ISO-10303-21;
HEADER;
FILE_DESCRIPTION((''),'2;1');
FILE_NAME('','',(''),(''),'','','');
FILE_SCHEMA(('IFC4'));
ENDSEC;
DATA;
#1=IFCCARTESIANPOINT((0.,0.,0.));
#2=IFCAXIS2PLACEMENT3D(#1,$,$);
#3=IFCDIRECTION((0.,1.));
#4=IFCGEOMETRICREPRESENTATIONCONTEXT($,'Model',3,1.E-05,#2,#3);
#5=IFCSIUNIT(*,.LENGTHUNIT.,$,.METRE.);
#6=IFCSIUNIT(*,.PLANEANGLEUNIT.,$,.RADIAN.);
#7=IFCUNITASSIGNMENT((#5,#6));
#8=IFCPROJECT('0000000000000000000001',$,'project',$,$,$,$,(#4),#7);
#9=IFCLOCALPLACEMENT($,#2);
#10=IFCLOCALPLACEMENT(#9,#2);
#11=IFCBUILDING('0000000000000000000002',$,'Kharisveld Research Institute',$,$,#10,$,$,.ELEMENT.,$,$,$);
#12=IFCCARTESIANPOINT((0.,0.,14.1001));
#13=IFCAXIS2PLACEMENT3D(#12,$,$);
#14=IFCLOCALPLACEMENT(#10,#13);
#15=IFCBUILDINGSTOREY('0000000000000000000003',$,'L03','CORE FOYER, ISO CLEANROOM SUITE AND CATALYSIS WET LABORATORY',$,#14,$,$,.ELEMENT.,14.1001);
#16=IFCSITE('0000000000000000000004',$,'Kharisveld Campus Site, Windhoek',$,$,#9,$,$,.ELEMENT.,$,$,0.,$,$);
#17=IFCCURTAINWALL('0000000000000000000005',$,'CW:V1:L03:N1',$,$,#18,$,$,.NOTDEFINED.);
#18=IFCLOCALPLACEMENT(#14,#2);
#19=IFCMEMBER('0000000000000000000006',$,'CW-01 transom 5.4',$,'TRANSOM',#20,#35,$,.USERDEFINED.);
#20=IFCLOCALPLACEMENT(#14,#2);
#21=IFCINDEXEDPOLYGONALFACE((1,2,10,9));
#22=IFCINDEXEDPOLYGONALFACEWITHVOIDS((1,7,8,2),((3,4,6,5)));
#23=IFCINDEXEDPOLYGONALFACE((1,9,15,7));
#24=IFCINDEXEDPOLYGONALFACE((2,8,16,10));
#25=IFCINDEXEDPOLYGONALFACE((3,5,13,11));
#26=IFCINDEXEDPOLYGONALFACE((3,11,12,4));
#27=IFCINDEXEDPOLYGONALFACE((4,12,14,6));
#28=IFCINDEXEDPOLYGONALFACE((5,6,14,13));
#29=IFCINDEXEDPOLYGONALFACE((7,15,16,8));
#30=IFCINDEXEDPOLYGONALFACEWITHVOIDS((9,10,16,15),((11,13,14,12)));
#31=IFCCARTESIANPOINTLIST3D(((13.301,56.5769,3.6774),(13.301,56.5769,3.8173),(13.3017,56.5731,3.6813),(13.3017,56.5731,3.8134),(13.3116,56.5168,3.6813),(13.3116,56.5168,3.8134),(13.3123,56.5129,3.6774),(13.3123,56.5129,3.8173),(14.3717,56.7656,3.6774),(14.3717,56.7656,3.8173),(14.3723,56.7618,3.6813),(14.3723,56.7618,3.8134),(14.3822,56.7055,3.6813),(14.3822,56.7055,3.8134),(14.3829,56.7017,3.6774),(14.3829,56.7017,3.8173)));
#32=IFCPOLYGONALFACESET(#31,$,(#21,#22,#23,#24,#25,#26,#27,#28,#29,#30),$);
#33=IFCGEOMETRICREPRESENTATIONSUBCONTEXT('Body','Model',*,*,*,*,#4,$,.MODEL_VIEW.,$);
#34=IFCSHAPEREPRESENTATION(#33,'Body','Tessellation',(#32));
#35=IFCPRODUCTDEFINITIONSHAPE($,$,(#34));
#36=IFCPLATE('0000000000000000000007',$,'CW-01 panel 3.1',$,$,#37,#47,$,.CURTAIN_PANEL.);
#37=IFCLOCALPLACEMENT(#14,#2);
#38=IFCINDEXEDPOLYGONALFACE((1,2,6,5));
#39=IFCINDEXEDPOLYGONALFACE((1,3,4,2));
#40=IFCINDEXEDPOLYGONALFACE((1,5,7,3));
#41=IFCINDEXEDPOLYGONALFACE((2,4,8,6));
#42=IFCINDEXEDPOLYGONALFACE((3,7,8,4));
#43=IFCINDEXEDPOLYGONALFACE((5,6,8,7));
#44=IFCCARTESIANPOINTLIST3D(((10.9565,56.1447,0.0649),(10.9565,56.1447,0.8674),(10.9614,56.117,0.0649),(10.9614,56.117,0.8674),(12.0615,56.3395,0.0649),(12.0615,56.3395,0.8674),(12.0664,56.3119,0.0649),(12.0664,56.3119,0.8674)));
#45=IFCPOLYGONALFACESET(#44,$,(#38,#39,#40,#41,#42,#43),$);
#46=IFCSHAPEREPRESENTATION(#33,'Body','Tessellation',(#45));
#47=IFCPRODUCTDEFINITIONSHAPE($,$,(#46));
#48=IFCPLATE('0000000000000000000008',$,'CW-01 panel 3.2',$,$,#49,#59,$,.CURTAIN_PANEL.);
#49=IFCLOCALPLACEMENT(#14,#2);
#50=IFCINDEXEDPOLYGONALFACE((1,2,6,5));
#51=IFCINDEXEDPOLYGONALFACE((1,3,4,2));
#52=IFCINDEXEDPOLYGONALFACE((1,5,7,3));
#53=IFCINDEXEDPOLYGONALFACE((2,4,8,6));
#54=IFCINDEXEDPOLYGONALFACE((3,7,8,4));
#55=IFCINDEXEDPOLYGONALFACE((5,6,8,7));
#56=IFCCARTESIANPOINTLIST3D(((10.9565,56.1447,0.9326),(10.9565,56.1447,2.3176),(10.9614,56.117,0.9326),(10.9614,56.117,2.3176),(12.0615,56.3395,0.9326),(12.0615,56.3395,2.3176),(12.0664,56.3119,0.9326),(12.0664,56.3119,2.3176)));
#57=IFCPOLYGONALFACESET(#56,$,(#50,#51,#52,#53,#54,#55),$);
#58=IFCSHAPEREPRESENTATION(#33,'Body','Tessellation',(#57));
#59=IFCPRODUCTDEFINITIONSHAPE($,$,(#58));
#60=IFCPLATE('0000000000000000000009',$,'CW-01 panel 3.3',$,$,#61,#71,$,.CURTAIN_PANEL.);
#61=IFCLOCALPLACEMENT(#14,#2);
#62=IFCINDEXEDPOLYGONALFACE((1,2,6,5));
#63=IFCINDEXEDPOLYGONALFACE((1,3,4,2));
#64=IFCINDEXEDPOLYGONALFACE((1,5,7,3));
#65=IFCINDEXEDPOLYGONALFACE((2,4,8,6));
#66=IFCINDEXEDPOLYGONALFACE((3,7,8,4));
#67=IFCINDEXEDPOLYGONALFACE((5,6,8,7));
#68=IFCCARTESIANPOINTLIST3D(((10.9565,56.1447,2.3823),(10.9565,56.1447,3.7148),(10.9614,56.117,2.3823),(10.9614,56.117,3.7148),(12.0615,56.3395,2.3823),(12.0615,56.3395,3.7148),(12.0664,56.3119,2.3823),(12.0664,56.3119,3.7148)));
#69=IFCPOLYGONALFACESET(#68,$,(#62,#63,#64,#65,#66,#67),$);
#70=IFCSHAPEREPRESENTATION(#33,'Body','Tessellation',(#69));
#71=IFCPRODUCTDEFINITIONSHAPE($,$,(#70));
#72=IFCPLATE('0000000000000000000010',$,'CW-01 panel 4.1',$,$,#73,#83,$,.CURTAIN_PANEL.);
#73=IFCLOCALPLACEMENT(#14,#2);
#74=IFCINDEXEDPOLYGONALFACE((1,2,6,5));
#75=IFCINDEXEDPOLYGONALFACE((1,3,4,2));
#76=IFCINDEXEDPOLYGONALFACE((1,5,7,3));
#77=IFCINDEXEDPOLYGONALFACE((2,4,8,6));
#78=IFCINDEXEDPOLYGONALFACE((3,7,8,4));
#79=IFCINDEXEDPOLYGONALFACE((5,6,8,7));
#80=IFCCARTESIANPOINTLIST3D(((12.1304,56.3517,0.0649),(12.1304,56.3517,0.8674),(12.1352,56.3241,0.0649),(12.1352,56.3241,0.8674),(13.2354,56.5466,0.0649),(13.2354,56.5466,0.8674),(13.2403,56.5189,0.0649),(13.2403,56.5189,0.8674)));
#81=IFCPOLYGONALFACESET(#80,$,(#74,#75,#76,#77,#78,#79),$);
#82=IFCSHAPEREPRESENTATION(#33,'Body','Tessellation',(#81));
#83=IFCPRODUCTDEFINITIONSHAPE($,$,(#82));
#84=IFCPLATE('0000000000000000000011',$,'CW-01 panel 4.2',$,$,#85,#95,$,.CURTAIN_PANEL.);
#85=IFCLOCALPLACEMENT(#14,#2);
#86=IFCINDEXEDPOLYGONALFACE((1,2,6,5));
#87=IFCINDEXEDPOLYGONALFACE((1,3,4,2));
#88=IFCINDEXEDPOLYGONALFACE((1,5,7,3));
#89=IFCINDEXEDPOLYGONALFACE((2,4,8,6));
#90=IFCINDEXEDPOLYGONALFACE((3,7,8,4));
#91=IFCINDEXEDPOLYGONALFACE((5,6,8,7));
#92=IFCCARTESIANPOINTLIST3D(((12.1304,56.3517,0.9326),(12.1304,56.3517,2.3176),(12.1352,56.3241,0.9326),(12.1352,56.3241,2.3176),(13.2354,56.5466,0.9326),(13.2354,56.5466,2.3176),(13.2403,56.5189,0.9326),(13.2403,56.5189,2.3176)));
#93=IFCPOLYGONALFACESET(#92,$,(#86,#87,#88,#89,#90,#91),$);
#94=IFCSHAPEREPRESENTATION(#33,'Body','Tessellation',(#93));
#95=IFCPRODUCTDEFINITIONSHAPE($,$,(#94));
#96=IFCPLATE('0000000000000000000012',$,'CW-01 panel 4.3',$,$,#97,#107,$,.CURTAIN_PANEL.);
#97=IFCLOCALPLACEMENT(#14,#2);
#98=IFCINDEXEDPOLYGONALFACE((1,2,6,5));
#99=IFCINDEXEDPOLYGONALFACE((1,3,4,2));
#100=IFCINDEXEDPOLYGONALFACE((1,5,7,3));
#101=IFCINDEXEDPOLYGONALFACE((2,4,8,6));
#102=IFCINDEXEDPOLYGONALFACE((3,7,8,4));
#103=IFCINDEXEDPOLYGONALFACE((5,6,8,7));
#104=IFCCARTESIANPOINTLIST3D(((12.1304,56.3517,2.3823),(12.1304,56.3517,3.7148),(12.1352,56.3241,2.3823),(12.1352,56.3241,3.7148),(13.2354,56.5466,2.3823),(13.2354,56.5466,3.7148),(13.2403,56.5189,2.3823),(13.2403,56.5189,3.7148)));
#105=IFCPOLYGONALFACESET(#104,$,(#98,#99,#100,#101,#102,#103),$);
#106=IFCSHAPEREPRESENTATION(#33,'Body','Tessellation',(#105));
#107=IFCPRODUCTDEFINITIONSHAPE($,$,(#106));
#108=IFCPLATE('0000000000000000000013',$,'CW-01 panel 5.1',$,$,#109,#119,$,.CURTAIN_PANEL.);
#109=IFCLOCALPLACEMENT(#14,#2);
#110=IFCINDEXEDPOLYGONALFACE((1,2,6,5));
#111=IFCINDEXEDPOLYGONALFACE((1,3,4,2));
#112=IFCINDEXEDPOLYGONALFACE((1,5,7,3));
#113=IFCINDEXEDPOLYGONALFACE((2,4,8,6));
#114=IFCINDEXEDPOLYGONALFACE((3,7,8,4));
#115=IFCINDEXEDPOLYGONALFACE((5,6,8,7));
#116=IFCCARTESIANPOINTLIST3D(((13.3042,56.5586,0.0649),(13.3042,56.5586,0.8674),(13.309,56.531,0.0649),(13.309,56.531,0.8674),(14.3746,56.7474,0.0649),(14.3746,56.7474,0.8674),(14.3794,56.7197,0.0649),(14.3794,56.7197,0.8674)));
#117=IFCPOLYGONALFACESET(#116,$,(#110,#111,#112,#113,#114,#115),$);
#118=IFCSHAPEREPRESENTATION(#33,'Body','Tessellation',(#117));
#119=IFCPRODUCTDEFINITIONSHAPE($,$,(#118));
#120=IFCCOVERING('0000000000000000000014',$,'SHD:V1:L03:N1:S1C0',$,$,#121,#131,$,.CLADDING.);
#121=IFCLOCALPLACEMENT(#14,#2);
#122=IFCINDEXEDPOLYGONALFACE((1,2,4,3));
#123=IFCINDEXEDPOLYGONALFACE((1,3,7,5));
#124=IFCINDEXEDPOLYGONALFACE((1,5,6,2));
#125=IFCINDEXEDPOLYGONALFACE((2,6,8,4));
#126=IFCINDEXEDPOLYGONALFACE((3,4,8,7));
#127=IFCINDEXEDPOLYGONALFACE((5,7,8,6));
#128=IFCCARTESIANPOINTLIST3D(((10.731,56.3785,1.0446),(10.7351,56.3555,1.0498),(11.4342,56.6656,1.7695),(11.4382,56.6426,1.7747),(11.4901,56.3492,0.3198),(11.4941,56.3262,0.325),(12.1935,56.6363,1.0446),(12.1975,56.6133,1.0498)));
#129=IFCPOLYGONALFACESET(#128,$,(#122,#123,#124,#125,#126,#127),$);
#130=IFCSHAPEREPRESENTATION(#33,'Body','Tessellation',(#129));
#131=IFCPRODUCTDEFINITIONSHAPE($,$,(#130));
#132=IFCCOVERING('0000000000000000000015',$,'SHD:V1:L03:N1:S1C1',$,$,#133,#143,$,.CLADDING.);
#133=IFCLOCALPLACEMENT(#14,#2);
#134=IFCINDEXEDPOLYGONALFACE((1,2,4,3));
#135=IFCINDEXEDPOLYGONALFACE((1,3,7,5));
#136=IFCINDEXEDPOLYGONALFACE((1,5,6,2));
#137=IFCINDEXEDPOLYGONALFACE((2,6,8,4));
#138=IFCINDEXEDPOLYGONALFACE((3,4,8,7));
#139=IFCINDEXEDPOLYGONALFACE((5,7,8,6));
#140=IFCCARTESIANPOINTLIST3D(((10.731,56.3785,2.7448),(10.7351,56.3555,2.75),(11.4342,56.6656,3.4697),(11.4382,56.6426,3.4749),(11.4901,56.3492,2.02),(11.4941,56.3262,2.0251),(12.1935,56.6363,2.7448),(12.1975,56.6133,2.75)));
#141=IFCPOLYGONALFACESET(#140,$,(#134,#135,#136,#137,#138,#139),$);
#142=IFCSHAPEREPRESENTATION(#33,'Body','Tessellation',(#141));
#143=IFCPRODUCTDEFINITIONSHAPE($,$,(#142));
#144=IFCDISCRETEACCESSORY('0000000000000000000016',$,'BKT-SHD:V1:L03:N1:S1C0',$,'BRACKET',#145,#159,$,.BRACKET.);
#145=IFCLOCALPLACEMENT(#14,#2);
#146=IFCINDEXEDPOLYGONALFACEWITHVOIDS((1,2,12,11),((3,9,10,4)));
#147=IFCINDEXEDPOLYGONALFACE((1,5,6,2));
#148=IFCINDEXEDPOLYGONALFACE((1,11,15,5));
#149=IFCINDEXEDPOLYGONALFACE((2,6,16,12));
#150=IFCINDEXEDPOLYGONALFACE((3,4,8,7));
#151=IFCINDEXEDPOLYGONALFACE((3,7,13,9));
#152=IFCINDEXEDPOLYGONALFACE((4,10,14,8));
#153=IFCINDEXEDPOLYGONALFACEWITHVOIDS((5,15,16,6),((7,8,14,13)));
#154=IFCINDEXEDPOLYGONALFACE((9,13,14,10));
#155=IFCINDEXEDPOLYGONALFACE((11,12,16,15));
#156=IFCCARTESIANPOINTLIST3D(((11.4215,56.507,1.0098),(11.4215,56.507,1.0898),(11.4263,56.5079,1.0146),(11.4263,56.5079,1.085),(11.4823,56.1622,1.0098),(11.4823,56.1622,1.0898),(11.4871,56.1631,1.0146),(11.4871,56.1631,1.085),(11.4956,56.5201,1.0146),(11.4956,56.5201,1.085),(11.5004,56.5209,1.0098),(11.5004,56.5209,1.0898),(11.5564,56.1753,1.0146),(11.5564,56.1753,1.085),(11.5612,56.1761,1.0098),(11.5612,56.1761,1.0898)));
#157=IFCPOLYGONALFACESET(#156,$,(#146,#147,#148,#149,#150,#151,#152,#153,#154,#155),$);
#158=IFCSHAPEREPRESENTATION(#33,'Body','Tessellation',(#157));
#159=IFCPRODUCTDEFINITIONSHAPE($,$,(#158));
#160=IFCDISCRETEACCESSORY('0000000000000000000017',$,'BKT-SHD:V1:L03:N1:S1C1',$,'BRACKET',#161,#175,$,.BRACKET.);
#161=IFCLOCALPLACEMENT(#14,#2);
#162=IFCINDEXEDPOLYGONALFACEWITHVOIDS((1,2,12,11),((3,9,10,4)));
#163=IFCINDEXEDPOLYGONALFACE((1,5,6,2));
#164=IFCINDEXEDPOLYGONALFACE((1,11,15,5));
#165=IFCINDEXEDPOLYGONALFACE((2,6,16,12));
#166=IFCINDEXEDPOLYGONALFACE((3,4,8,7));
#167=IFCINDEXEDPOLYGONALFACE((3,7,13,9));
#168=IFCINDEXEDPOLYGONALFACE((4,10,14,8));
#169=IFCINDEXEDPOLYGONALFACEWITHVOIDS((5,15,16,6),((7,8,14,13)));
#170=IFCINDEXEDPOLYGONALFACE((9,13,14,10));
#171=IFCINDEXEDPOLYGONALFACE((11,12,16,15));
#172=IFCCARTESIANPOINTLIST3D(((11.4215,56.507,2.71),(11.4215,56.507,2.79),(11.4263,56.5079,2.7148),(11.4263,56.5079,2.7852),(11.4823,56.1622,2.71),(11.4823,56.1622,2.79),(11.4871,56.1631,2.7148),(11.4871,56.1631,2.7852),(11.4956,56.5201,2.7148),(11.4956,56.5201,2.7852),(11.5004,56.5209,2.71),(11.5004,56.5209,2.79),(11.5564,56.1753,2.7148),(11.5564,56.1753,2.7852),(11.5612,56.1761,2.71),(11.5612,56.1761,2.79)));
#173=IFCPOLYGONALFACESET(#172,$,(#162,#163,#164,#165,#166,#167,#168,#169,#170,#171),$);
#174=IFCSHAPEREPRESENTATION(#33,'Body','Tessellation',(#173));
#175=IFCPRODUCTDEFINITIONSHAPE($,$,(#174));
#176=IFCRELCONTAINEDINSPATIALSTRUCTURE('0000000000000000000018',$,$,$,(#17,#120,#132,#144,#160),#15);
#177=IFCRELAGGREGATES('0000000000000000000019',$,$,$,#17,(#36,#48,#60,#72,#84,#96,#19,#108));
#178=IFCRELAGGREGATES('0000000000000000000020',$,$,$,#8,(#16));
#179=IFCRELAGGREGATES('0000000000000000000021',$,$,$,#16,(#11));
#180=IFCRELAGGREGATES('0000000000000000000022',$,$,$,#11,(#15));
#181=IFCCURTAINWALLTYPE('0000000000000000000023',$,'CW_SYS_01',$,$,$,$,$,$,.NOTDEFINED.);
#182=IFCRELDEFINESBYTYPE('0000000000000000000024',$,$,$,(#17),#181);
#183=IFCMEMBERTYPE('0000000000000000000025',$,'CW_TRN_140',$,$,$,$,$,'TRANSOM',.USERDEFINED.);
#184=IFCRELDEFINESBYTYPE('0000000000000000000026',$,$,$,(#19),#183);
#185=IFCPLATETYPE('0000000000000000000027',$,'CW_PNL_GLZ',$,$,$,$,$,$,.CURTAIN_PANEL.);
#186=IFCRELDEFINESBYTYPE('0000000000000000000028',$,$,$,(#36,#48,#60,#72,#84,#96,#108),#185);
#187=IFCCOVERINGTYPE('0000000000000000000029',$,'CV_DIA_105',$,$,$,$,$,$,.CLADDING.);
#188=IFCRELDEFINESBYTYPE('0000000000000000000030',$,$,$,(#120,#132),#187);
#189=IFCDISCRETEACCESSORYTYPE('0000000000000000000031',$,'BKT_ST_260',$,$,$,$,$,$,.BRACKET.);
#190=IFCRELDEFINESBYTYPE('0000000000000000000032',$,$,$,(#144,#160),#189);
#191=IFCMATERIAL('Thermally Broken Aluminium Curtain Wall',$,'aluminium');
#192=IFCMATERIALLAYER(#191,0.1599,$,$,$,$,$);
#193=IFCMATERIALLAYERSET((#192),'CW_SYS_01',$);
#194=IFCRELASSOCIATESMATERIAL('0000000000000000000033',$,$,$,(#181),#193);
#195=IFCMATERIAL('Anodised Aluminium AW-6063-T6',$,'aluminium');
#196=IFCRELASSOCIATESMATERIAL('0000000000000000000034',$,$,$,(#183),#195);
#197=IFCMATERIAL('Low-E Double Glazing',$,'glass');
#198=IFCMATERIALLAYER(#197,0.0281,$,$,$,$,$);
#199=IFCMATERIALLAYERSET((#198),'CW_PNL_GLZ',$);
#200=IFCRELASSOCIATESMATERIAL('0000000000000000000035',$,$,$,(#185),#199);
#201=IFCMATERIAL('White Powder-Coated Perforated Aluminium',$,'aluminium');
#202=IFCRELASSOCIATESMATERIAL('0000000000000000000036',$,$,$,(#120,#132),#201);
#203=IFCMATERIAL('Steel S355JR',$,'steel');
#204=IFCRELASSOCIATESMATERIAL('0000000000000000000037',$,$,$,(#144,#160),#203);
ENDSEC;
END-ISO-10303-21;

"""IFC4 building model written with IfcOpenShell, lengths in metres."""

from ifc_helpers import new_model, si_unit, direction, frame, origin, origin_2d, place, context, subcontext, project, spatial, polyline, rectangle, hollow_rectangle, outline, extrude, material, layer, layer_set, material_profile, profile_set, type_object, element, aggregate, save


model = new_model("IFC4")

# Units and contexts
model_context = context("Model", 3, precision=1e-05, world=origin(), true_north=direction((0.0, 1.0)))
body_context = subcontext(model_context, "Body", "Model", "MODEL_VIEW")
ifc_project = project(units=[si_unit("LENGTHUNIT", "METRE"), si_unit("PLANEANGLEUNIT", "RADIAN")], contexts=[model_context])

# Site, building, storey
site_placement = place(None, origin())
site = spatial("IfcSite", under=ifc_project, at=site_placement, Name="Kharisveld Campus Site, Windhoek", CompositionType="ELEMENT", RefElevation=0.0)
building_placement = place(site_placement, origin())
building = spatial("IfcBuilding", under=site, at=building_placement, Name="Kharisveld Research Institute", CompositionType="ELEMENT")
storey_placement = place(building_placement, frame((0.0, 0.0, 14.1001)))
storey = spatial("IfcBuildingStorey", under=building, at=storey_placement, Name="L03", Description="CORE FOYER, ISO CLEANROOM SUITE AND CATALYSIS WET LABORATORY", CompositionType="ELEMENT", Elevation=14.1001)

# Curtain wall, member, plates
ifc_material_1 = material(Name="Thermally Broken Aluminium Curtain Wall", Category="aluminium")
ifc_layer_1 = layer(ifc_material_1, 0.1599)
ifc_layer_set_1 = layer_set([ifc_layer_1], Name="CW_SYS_01")
curtain_wall_type = type_object("IfcCurtainWallType", Name="CW_SYS_01", PredefinedType="NOTDEFINED", material=ifc_layer_set_1)
curtain_wall_placement = place(storey_placement, origin())
curtain_wall = element("IfcCurtainWall", 1, at=curtain_wall_placement, inside=storey, type_object=curtain_wall_type, Name="CW:V1:L03:N1", PredefinedType="NOTDEFINED")
ifc_material_2 = material(Name="Anodised Aluminium AW-6063-T6", Category="aluminium")
ifc_material_profile_1 = material_profile(ifc_material_2, hollow_rectangle(XDim=0.0649, YDim=0.1399, WallThickness=0.0039, at=origin_2d()))
ifc_profile_set_1 = profile_set([ifc_material_profile_1], Name="Anodised Aluminium AW-6063-T6")
member_type_1 = type_object("IfcMemberType", Name="CW_TRN_140", ElementType="TRANSOM", PredefinedType="USERDEFINED", material=ifc_profile_set_1)
member_1_placement = place(storey_placement, frame((13.3066, 56.5449, 3.7473), z_axis=(0.984815, 0.173606, 0.0), x_axis=(-0.173606, 0.984815, 0.0)))
member_1 = element("IfcMember", 2, at=member_1_placement, type_object=member_type_1, Name="CW-01 transom 5.4", ObjectType="TRANSOM", PredefinedType="USERDEFINED", context=body_context, shape_type="SweptSolid", body=[
    extrude(hollow_rectangle(XDim=0.0649, YDim=0.1399, WallThickness=0.0039, at=origin_2d()), origin(), (0.0, 0.0, 1.0), 1.0872),
])
ifc_material_3 = material(Name="Low-E Double Glazing", Category="glass")
ifc_layer_2 = layer(ifc_material_3, 0.0281)
ifc_layer_set_2 = layer_set([ifc_layer_2], Name="CW_PNL_GLZ")
plate_type = type_object("IfcPlateType", Name="CW_PNL_GLZ", PredefinedType="CURTAIN_PANEL", material=ifc_layer_set_2)
plate_1_placement = place(storey_placement, frame((11.5115, 56.2283, 0.0649), z_axis=(0.0, 0.0, 1.0), x_axis=(0.984808, 0.173648, 0.0)))
plate_1 = element("IfcPlate", 3, at=plate_1_placement, type_object=plate_type, Name="CW-01 panel 3.1", PredefinedType="CURTAIN_PANEL", context=body_context, shape_type="SweptSolid", body=[
    extrude(rectangle(XDim=1.1221, YDim=0.0281, at=origin_2d()), origin(), (0.0, 0.0, 1.0), 0.8025),
])
plate_2_placement = place(storey_placement, frame((11.5115, 56.2283, 0.9326), z_axis=(0.0, 0.0, 1.0), x_axis=(0.984808, 0.173648, 0.0)))
plate_2 = element("IfcPlate", 4, at=plate_2_placement, type_object=plate_type, Name="CW-01 panel 3.2", PredefinedType="CURTAIN_PANEL", context=body_context, shape_type="SweptSolid", body=[
    extrude(rectangle(XDim=1.1221, YDim=0.0281, at=origin_2d()), origin(), (0.0, 0.0, 1.0), 1.385),
])
plate_3_placement = place(storey_placement, frame((11.5115, 56.2283, 2.3823), z_axis=(0.0, 0.0, 1.0), x_axis=(0.984808, 0.173648, 0.0)))
plate_3 = element("IfcPlate", 5, at=plate_3_placement, type_object=plate_type, Name="CW-01 panel 3.3", PredefinedType="CURTAIN_PANEL", context=body_context, shape_type="SweptSolid", body=[
    extrude(rectangle(XDim=1.1221, YDim=0.0281, at=origin_2d()), origin(), (0.0, 0.0, 1.0), 1.3325),
])
plate_4_placement = place(storey_placement, frame((12.6853, 56.4353, 0.0649), z_axis=(0.0, 0.0, 1.0), x_axis=(0.984808, 0.173648, 0.0)))
plate_4 = element("IfcPlate", 6, at=plate_4_placement, type_object=plate_type, Name="CW-01 panel 4.1", PredefinedType="CURTAIN_PANEL", context=body_context, shape_type="SweptSolid", body=[
    extrude(rectangle(XDim=1.1221, YDim=0.0281, at=origin_2d()), origin(), (0.0, 0.0, 1.0), 0.8025),
])
plate_5_placement = place(storey_placement, frame((12.6853, 56.4353, 0.9326), z_axis=(0.0, 0.0, 1.0), x_axis=(0.984808, 0.173648, 0.0)))
plate_5 = element("IfcPlate", 7, at=plate_5_placement, type_object=plate_type, Name="CW-01 panel 4.2", PredefinedType="CURTAIN_PANEL", context=body_context, shape_type="SweptSolid", body=[
    extrude(rectangle(XDim=1.1221, YDim=0.0281, at=origin_2d()), origin(), (0.0, 0.0, 1.0), 1.385),
])
plate_6_placement = place(storey_placement, frame((12.6853, 56.4353, 2.3823), z_axis=(0.0, 0.0, 1.0), x_axis=(0.984808, 0.173648, 0.0)))
plate_6 = element("IfcPlate", 8, at=plate_6_placement, type_object=plate_type, Name="CW-01 panel 4.3", PredefinedType="CURTAIN_PANEL", context=body_context, shape_type="SweptSolid", body=[
    extrude(rectangle(XDim=1.1221, YDim=0.0281, at=origin_2d()), origin(), (0.0, 0.0, 1.0), 1.3325),
])
plate_7_placement = place(storey_placement, frame((13.8418, 56.6392, 0.0649), z_axis=(0.0, 0.0, 1.0), x_axis=(0.984808, 0.173648, 0.0)))
plate_7 = element("IfcPlate", 9, at=plate_7_placement, type_object=plate_type, Name="CW-01 panel 5.1", PredefinedType="CURTAIN_PANEL", context=body_context, shape_type="SweptSolid", body=[
    extrude(rectangle(XDim=1.0869, YDim=0.0281, at=origin_2d()), origin(), (0.0, 0.0, 1.0), 0.8025),
])
aggregate(curtain_wall, [plate_1, plate_2, plate_3, plate_4, plate_5, plate_6, member_1, plate_7])

# Coverings
ifc_material_4 = material(Name="White Powder-Coated Perforated Aluminium", Category="aluminium")
covering_type = type_object("IfcCoveringType", Name="CV_DIA_105", PredefinedType="CLADDING")
for number, where, z_axis, x_axis, name in (
    (10, (11.4941, 56.3262, 0.325), (0.169503, -0.961481, 0.216385), (0.66985, 0.273447, 0.69031), "SHD:V1:L03:N1:S1C0"),
    (11, (11.4941, 56.3262, 2.0251), (0.169503, -0.961481, 0.216385), (0.66985, 0.273447, 0.69031), "SHD:V1:L03:N1:S1C1"),
):
    element("IfcCovering", number, at=place(storey_placement, frame(where, z_axis=z_axis, x_axis=x_axis)), inside=storey, type_object=covering_type, material=ifc_material_4, Name=name, PredefinedType="CLADDING", context=body_context, shape_type="SweptSolid", body=[
        extrude(outline(polyline([(0.0, 0.0), (1.05, 0.0), (1.0498, 1.0501), (-0.0001, 1.05), (0.0, 0.0)])), origin(), (0.0, 0.0, -1.0), 0.0239),
    ])

# Discrete accessories
ifc_material_5 = material(Name="Steel S355JR", Category="steel")
discrete_accessory_type = type_object("IfcDiscreteAccessoryType", Name="BKT_ST_260", PredefinedType="BRACKET")
for number, where, z_axis, x_axis, name in (
    (12, (11.5217, 56.1692, 1.0498), (-0.173666, 0.984805, 0.0), (-0.984805, -0.173666, 0.0), "BKT-SHD:V1:L03:N1:S1C0"),
    (13, (11.5217, 56.1692, 2.75), (-0.173666, 0.984805, 0.0), (-0.984805, -0.173666, 0.0), "BKT-SHD:V1:L03:N1:S1C1"),
):
    element("IfcDiscreteAccessory", number, at=place(storey_placement, frame(where, z_axis=z_axis, x_axis=x_axis)), inside=storey, type_object=discrete_accessory_type, material=ifc_material_5, Name=name, ObjectType="BRACKET", PredefinedType="BRACKET", context=body_context, shape_type="SweptSolid", body=[
        extrude(hollow_rectangle(XDim=0.0801, YDim=0.0801, WallThickness=0.0049, at=origin_2d()), origin(), (0.0, 0.0, 1.0), 0.3501),
    ])

save(model, "model.ifc")
